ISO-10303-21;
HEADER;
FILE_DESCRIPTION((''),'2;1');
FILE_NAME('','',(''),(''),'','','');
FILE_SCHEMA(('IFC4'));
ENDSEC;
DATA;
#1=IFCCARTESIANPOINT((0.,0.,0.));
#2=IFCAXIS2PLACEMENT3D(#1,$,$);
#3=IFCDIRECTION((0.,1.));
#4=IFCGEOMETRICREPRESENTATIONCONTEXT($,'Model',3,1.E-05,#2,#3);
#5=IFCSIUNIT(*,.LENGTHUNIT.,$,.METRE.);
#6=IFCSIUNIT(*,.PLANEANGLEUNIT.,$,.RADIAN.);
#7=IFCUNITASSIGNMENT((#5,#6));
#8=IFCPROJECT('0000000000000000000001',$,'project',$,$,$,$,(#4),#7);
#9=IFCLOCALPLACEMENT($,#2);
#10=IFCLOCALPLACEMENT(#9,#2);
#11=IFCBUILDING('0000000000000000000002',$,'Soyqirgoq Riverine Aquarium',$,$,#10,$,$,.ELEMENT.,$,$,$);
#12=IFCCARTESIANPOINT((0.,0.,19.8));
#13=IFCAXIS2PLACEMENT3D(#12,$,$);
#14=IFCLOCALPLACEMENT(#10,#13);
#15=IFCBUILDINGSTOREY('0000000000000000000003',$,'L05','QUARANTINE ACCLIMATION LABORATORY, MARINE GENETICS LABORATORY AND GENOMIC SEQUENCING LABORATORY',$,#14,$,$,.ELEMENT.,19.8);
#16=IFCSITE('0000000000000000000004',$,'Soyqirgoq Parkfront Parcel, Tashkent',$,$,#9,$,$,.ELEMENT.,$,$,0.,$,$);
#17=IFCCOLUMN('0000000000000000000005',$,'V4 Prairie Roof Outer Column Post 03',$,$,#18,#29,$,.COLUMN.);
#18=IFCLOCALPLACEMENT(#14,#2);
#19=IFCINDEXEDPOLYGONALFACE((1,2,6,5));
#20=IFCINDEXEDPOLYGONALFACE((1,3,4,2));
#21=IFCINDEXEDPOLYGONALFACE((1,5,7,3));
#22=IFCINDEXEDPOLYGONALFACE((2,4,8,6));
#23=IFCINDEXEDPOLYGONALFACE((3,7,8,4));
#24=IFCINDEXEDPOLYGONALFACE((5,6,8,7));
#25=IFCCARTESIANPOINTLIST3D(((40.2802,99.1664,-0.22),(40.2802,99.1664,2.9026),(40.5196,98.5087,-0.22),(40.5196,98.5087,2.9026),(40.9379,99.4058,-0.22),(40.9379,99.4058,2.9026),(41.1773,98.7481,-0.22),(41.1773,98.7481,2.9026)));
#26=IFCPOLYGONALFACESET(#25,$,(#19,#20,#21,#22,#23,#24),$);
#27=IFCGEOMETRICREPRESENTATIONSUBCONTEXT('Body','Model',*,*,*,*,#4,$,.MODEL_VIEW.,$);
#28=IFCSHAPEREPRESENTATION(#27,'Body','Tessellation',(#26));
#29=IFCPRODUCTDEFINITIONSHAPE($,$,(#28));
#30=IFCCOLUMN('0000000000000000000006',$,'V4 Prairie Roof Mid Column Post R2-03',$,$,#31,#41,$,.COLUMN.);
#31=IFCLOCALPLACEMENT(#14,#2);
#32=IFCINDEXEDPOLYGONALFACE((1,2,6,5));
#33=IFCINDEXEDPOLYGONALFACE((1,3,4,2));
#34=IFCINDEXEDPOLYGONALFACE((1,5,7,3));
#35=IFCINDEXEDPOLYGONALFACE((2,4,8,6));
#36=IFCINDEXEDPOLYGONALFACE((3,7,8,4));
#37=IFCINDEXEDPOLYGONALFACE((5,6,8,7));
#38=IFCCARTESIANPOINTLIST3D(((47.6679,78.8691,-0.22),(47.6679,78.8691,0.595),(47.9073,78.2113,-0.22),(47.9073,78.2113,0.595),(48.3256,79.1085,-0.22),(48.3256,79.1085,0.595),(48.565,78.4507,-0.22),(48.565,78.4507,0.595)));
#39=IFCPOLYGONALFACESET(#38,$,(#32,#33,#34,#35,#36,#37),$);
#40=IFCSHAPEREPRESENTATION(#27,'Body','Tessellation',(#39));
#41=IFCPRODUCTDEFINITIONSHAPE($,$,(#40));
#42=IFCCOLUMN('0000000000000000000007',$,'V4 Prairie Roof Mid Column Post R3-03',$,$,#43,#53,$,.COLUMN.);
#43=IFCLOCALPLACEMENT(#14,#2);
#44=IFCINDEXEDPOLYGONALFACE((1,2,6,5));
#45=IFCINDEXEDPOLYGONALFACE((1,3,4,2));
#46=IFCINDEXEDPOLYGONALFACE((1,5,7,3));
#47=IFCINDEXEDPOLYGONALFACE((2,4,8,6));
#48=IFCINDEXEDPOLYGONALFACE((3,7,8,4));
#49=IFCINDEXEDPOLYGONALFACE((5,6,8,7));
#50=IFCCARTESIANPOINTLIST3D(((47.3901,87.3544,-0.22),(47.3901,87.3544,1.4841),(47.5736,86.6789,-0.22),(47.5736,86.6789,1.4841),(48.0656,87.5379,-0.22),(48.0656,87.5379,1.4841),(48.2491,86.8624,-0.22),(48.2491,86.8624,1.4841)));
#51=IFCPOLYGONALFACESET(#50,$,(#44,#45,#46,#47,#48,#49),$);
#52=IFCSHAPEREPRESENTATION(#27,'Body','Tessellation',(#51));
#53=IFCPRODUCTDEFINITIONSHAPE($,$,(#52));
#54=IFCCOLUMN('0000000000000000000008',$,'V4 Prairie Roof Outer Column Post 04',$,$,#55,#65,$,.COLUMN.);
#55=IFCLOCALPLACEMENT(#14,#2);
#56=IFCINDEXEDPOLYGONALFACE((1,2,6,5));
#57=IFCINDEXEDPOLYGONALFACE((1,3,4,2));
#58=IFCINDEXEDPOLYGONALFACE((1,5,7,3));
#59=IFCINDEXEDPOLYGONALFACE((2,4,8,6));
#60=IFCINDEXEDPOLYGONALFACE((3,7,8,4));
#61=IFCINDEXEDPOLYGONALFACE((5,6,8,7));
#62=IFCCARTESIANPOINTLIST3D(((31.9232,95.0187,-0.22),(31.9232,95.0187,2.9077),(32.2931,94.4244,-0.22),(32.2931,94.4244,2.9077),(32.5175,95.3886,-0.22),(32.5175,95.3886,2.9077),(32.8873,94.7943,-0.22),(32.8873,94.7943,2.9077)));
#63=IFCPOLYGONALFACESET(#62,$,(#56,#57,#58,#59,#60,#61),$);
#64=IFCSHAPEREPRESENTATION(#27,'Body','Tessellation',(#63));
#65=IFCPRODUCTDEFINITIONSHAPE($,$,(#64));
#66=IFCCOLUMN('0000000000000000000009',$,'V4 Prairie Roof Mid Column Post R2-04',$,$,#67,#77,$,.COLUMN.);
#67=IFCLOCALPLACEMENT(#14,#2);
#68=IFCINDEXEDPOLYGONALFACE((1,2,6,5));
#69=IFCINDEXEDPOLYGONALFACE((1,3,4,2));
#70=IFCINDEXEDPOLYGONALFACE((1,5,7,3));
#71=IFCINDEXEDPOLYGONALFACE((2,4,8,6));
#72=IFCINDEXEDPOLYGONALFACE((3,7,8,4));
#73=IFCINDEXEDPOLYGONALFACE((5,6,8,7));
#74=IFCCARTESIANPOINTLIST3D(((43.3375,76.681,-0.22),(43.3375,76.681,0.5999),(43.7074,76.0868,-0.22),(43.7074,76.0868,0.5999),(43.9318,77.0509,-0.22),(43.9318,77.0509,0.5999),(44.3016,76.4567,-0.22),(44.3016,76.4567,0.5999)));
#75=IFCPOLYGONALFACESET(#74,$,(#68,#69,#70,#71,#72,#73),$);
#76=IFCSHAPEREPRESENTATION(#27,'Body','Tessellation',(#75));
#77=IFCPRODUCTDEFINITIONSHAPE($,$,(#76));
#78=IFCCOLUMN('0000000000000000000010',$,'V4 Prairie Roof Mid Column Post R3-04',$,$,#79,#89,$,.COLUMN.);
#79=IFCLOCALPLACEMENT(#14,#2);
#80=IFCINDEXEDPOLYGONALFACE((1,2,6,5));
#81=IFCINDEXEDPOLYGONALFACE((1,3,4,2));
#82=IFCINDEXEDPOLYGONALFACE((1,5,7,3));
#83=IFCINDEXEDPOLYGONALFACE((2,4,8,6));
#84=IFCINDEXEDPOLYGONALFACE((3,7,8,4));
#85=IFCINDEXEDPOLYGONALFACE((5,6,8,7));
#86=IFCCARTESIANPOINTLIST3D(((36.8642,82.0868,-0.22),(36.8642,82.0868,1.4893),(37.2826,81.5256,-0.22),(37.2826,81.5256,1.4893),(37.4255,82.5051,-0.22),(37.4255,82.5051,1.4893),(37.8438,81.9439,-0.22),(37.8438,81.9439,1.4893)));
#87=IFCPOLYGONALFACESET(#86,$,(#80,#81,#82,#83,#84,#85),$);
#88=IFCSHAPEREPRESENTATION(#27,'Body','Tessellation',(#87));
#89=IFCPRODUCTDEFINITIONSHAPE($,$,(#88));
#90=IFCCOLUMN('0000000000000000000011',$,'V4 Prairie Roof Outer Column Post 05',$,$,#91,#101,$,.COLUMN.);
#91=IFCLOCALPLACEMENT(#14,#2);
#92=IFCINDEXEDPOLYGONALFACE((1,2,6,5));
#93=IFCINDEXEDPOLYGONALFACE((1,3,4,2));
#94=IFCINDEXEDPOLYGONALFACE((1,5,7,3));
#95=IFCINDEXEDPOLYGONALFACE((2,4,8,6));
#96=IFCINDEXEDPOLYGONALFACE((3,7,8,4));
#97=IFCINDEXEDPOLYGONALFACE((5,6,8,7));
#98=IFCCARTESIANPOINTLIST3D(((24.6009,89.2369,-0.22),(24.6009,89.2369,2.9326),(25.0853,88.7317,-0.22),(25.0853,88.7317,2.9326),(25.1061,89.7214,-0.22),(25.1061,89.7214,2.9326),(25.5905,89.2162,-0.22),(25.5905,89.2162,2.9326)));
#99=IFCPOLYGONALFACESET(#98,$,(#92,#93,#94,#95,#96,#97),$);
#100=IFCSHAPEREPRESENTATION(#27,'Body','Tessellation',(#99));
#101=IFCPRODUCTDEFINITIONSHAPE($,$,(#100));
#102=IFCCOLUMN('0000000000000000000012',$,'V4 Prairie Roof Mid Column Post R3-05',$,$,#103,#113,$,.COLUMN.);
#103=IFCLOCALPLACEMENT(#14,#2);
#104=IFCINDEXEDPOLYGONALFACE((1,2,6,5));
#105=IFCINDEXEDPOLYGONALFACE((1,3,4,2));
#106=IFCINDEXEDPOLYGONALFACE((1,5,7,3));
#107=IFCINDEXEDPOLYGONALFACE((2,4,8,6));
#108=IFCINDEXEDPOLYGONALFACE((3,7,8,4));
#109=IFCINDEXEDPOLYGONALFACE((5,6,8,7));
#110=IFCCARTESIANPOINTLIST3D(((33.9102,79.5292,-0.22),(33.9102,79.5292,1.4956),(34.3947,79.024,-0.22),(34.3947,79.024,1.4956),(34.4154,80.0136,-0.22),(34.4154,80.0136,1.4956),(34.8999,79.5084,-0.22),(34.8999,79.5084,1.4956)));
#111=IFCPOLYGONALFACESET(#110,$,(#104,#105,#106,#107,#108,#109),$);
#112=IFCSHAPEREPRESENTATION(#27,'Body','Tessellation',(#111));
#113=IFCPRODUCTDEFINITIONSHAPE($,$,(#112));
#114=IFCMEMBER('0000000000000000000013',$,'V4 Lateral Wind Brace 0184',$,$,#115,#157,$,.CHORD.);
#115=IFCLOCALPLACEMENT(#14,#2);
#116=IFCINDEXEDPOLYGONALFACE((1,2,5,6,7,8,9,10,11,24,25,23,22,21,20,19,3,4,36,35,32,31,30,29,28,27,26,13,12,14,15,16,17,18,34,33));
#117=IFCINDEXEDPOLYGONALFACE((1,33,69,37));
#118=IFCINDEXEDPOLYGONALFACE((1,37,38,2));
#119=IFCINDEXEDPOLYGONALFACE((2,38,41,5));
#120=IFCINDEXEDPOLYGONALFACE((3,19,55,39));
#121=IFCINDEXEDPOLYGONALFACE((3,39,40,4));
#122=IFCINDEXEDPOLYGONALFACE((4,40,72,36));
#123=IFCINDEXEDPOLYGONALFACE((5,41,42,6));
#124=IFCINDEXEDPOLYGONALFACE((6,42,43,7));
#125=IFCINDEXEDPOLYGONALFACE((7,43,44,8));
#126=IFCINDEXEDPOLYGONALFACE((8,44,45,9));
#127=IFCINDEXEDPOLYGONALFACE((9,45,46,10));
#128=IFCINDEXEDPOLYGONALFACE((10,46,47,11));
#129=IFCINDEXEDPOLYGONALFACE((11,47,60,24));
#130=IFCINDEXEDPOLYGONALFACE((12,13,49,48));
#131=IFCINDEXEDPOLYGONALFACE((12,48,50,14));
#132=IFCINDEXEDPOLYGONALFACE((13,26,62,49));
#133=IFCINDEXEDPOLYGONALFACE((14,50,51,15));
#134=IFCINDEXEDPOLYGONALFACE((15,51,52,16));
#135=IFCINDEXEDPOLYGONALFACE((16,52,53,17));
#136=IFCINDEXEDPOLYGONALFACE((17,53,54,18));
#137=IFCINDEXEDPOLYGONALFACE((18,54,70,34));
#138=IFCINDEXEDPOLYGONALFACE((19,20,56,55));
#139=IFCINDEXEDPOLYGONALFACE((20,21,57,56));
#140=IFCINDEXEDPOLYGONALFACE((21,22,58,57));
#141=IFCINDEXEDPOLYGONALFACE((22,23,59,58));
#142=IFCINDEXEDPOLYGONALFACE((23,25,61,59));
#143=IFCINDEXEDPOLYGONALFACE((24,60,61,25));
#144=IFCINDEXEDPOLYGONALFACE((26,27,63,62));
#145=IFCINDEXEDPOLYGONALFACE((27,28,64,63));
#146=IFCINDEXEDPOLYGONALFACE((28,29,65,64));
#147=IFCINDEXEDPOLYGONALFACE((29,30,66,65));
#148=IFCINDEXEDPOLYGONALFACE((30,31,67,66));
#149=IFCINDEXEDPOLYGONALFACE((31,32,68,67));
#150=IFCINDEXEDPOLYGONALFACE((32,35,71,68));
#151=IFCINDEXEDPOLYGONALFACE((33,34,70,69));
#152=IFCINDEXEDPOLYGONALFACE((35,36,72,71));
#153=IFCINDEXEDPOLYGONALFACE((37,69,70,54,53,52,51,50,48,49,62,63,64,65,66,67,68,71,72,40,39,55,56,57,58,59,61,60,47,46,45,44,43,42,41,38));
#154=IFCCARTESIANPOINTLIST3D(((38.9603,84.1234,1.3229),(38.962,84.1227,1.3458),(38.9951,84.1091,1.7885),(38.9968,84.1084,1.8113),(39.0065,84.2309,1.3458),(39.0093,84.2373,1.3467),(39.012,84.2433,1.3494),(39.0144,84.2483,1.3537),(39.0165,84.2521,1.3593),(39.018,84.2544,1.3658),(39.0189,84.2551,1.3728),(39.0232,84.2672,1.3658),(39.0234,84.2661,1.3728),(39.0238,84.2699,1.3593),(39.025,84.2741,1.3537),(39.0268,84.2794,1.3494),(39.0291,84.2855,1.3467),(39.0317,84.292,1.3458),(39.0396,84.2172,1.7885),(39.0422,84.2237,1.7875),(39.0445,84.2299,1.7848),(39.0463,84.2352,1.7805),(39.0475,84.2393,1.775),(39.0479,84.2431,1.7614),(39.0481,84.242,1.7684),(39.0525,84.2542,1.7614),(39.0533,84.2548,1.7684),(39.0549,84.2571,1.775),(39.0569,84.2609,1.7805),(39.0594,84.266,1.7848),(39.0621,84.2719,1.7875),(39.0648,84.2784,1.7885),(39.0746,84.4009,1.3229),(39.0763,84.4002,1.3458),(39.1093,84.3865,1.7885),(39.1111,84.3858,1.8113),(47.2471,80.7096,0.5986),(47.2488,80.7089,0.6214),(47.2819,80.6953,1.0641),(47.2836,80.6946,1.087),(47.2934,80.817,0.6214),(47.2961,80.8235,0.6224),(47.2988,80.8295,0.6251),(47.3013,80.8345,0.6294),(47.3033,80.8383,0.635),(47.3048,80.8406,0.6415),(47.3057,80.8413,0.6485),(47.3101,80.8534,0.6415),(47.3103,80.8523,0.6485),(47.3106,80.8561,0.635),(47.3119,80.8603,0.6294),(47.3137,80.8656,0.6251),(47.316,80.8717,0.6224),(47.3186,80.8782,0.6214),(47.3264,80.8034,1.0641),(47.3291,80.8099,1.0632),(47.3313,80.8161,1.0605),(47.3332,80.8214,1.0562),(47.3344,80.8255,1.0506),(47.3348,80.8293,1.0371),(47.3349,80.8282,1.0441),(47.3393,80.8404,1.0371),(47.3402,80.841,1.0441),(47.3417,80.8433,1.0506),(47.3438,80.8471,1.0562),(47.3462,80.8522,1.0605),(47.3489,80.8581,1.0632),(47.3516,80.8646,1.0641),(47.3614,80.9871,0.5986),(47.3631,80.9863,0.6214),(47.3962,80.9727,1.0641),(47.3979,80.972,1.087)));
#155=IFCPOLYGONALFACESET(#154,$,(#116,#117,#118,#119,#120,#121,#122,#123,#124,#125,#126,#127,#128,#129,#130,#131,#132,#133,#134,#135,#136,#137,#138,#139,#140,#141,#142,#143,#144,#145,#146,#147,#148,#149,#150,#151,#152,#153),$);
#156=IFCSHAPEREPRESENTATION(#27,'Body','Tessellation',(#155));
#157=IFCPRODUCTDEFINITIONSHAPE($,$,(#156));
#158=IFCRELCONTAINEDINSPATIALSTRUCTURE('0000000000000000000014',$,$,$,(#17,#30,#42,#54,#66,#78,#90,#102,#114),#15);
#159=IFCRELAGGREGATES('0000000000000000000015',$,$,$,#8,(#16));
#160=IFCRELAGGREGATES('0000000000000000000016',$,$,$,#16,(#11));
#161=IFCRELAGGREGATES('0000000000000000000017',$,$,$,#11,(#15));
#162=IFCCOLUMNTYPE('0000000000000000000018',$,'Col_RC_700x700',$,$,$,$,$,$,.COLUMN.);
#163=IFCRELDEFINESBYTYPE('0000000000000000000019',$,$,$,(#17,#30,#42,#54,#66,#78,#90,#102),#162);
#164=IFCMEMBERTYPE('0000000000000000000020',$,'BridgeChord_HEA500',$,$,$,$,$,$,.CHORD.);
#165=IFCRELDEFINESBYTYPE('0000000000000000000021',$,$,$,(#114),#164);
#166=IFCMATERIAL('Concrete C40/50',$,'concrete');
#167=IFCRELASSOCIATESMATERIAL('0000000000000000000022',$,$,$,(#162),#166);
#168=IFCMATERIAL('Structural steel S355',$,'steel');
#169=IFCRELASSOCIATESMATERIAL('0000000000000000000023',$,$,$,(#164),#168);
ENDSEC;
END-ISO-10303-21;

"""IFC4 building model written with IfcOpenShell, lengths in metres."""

from ifc_helpers import new_model, si_unit, direction, frame, origin, origin_2d, place, context, subcontext, project, spatial, rectangle, i_section, extrude, material, material_profile, profile_set, type_object, element, save


model = new_model("IFC4")

# Units and contexts
model_context = context("Model", 3, precision=1e-05, world=origin(), true_north=direction((0.0, 1.0)))
body_context = subcontext(model_context, "Body", "Model", "MODEL_VIEW")
ifc_project = project(units=[si_unit("LENGTHUNIT", "METRE"), si_unit("PLANEANGLEUNIT", "RADIAN")], contexts=[model_context])

# Site, building, storey
site_placement = place(None, origin())
site = spatial("IfcSite", under=ifc_project, at=site_placement, Name="Soyqirgoq Parkfront Parcel, Tashkent", CompositionType="ELEMENT", RefElevation=0.0)
building_placement = place(site_placement, origin())
building = spatial("IfcBuilding", under=site, at=building_placement, Name="Soyqirgoq Riverine Aquarium", CompositionType="ELEMENT")
storey_placement = place(building_placement, frame((0.0, 0.0, 19.8)))
storey = spatial("IfcBuildingStorey", under=building, at=storey_placement, Name="L05", Description="QUARANTINE ACCLIMATION LABORATORY, MARINE GENETICS LABORATORY AND GENOMIC SEQUENCING LABORATORY", CompositionType="ELEMENT", Elevation=19.8)

# Columns
ifc_material_1 = material(Name="Concrete C40/50", Category="concrete")
ifc_material_profile_1 = material_profile(ifc_material_1, rectangle(XDim=0.7, YDim=0.7, at=origin_2d()), Name="RC 700x700")
ifc_profile_set_1 = profile_set([ifc_material_profile_1], Name="Concrete C40/50")
column_type = type_object("IfcColumnType", Name="Col_RC_700x700", PredefinedType="COLUMN", material=ifc_profile_set_1)
column_1_placement = place(storey_placement, frame((40.7288, 98.9573, -0.22), z_axis=(0.0, 0.0, 1.0), x_axis=(-0.34202, 0.939693, 0.0)))
element("IfcColumn", 1, at=column_1_placement, inside=storey, type_object=column_type, Name="V4 Prairie Roof Outer Column Post 03", PredefinedType="COLUMN", context=body_context, shape_type="SweptSolid", body=[
    extrude(rectangle(XDim=0.7, YDim=0.7, at=origin_2d()), origin(), (0.0, 0.0, 1.0), 3.1226),
])
column_2_placement = place(storey_placement, frame((48.1165, 78.6599, -0.22), z_axis=(0.0, 0.0, 1.0), x_axis=(-0.34202, 0.939693, 0.0)))
element("IfcColumn", 2, at=column_2_placement, inside=storey, type_object=column_type, Name="V4 Prairie Roof Mid Column Post R2-03", PredefinedType="COLUMN", context=body_context, shape_type="SweptSolid", body=[
    extrude(rectangle(XDim=0.7, YDim=0.7, at=origin_2d()), origin(), (0.0, 0.0, 1.0), 0.8149),
])
column_3_placement = place(storey_placement, frame((47.8196, 87.1084, -0.22), z_axis=(0.0, 0.0, 1.0), x_axis=(-0.262189, 0.965016, 0.0)))
element("IfcColumn", 3, at=column_3_placement, inside=storey, type_object=column_type, Name="V4 Prairie Roof Mid Column Post R3-03", PredefinedType="COLUMN", context=body_context, shape_type="SweptSolid", body=[
    extrude(rectangle(XDim=0.7, YDim=0.7, at=origin_2d()), origin(), (0.0, 0.0, 1.0), 1.7041),
])
column_4_placement = place(storey_placement, frame((32.4053, 94.9065, -0.22), z_axis=(0.0, 0.0, 1.0), x_axis=(-0.528438, 0.848972, 0.0)))
element("IfcColumn", 4, at=column_4_placement, inside=storey, type_object=column_type, Name="V4 Prairie Roof Outer Column Post 04", PredefinedType="COLUMN", context=body_context, shape_type="SweptSolid", body=[
    extrude(rectangle(XDim=0.7, YDim=0.7, at=origin_2d()), origin(), (0.0, 0.0, 1.0), 3.1277),
])
column_5_placement = place(storey_placement, frame((43.8196, 76.5688, -0.22), z_axis=(0.0, 0.0, 1.0), x_axis=(-0.528438, 0.848972, 0.0)))
element("IfcColumn", 5, at=column_5_placement, inside=storey, type_object=column_type, Name="V4 Prairie Roof Mid Column Post R2-04", PredefinedType="COLUMN", context=body_context, shape_type="SweptSolid", body=[
    extrude(rectangle(XDim=0.7, YDim=0.7, at=origin_2d()), origin(), (0.0, 0.0, 1.0), 0.8198),
])
column_6_placement = place(storey_placement, frame((37.354, 82.0154, -0.22), z_axis=(0.0, 0.0, 1.0), x_axis=(-0.597625, 0.801776, 0.0)))
element("IfcColumn", 6, at=column_6_placement, inside=storey, type_object=column_type, Name="V4 Prairie Roof Mid Column Post R3-04", PredefinedType="COLUMN", context=body_context, shape_type="SweptSolid", body=[
    extrude(rectangle(XDim=0.7, YDim=0.7, at=origin_2d()), origin(), (0.0, 0.0, 1.0), 1.7092),
])
column_7_placement = place(storey_placement, frame((25.0957, 89.2266, -0.22), z_axis=(0.0, 0.0, 1.0), x_axis=(-0.692143, 0.72176, 0.0)))
element("IfcColumn", 7, at=column_7_placement, inside=storey, type_object=column_type, Name="V4 Prairie Roof Outer Column Post 05", PredefinedType="COLUMN", context=body_context, shape_type="SweptSolid", body=[
    extrude(rectangle(XDim=0.7, YDim=0.7, at=origin_2d()), origin(), (0.0, 0.0, 1.0), 3.1526),
])
column_8_placement = place(storey_placement, frame((34.405, 79.5188, -0.22), z_axis=(0.0, 0.0, 1.0), x_axis=(-0.692143, 0.72176, 0.0)))
element("IfcColumn", 8, at=column_8_placement, inside=storey, type_object=column_type, Name="V4 Prairie Roof Mid Column Post R3-05", PredefinedType="COLUMN", context=body_context, shape_type="SweptSolid", body=[
    extrude(rectangle(XDim=0.7, YDim=0.7, at=origin_2d()), origin(), (0.0, 0.0, 1.0), 1.7156),
])

# Member
ifc_material_2 = material(Name="Structural steel S355", Category="steel")
ifc_material_profile_2 = material_profile(ifc_material_2, i_section(OverallWidth=0.3, OverallDepth=0.49, WebThickness=0.012, FlangeThickness=0.0229, FilletRadius=0.0271, at=origin_2d()), Name="HEA 500")
ifc_profile_set_2 = profile_set([ifc_material_profile_2], Name="Structural steel S355")
member_type_1 = type_object("IfcMemberType", Name="BridgeChord_HEA500", PredefinedType="CHORD", material=ifc_profile_set_2)
member_1_placement = place(storey_placement, frame((47.3225, 80.8408, 0.8428), z_axis=(-0.921611, 0.379663, 0.080559), x_axis=(-0.380901, -0.924616, 0.0)))
element("IfcMember", 9, at=member_1_placement, inside=storey, type_object=member_type_1, Name="V4 Lateral Wind Brace 0184", PredefinedType="CHORD", context=body_context, shape_type="SweptSolid", body=[
    extrude(i_section(OverallWidth=0.3, OverallDepth=0.49, WebThickness=0.012, FlangeThickness=0.0229, FilletRadius=0.0271, at=origin_2d()), origin(), (0.0, 0.0, 1.0), 8.9917),
])

save(model, "model.ifc")
